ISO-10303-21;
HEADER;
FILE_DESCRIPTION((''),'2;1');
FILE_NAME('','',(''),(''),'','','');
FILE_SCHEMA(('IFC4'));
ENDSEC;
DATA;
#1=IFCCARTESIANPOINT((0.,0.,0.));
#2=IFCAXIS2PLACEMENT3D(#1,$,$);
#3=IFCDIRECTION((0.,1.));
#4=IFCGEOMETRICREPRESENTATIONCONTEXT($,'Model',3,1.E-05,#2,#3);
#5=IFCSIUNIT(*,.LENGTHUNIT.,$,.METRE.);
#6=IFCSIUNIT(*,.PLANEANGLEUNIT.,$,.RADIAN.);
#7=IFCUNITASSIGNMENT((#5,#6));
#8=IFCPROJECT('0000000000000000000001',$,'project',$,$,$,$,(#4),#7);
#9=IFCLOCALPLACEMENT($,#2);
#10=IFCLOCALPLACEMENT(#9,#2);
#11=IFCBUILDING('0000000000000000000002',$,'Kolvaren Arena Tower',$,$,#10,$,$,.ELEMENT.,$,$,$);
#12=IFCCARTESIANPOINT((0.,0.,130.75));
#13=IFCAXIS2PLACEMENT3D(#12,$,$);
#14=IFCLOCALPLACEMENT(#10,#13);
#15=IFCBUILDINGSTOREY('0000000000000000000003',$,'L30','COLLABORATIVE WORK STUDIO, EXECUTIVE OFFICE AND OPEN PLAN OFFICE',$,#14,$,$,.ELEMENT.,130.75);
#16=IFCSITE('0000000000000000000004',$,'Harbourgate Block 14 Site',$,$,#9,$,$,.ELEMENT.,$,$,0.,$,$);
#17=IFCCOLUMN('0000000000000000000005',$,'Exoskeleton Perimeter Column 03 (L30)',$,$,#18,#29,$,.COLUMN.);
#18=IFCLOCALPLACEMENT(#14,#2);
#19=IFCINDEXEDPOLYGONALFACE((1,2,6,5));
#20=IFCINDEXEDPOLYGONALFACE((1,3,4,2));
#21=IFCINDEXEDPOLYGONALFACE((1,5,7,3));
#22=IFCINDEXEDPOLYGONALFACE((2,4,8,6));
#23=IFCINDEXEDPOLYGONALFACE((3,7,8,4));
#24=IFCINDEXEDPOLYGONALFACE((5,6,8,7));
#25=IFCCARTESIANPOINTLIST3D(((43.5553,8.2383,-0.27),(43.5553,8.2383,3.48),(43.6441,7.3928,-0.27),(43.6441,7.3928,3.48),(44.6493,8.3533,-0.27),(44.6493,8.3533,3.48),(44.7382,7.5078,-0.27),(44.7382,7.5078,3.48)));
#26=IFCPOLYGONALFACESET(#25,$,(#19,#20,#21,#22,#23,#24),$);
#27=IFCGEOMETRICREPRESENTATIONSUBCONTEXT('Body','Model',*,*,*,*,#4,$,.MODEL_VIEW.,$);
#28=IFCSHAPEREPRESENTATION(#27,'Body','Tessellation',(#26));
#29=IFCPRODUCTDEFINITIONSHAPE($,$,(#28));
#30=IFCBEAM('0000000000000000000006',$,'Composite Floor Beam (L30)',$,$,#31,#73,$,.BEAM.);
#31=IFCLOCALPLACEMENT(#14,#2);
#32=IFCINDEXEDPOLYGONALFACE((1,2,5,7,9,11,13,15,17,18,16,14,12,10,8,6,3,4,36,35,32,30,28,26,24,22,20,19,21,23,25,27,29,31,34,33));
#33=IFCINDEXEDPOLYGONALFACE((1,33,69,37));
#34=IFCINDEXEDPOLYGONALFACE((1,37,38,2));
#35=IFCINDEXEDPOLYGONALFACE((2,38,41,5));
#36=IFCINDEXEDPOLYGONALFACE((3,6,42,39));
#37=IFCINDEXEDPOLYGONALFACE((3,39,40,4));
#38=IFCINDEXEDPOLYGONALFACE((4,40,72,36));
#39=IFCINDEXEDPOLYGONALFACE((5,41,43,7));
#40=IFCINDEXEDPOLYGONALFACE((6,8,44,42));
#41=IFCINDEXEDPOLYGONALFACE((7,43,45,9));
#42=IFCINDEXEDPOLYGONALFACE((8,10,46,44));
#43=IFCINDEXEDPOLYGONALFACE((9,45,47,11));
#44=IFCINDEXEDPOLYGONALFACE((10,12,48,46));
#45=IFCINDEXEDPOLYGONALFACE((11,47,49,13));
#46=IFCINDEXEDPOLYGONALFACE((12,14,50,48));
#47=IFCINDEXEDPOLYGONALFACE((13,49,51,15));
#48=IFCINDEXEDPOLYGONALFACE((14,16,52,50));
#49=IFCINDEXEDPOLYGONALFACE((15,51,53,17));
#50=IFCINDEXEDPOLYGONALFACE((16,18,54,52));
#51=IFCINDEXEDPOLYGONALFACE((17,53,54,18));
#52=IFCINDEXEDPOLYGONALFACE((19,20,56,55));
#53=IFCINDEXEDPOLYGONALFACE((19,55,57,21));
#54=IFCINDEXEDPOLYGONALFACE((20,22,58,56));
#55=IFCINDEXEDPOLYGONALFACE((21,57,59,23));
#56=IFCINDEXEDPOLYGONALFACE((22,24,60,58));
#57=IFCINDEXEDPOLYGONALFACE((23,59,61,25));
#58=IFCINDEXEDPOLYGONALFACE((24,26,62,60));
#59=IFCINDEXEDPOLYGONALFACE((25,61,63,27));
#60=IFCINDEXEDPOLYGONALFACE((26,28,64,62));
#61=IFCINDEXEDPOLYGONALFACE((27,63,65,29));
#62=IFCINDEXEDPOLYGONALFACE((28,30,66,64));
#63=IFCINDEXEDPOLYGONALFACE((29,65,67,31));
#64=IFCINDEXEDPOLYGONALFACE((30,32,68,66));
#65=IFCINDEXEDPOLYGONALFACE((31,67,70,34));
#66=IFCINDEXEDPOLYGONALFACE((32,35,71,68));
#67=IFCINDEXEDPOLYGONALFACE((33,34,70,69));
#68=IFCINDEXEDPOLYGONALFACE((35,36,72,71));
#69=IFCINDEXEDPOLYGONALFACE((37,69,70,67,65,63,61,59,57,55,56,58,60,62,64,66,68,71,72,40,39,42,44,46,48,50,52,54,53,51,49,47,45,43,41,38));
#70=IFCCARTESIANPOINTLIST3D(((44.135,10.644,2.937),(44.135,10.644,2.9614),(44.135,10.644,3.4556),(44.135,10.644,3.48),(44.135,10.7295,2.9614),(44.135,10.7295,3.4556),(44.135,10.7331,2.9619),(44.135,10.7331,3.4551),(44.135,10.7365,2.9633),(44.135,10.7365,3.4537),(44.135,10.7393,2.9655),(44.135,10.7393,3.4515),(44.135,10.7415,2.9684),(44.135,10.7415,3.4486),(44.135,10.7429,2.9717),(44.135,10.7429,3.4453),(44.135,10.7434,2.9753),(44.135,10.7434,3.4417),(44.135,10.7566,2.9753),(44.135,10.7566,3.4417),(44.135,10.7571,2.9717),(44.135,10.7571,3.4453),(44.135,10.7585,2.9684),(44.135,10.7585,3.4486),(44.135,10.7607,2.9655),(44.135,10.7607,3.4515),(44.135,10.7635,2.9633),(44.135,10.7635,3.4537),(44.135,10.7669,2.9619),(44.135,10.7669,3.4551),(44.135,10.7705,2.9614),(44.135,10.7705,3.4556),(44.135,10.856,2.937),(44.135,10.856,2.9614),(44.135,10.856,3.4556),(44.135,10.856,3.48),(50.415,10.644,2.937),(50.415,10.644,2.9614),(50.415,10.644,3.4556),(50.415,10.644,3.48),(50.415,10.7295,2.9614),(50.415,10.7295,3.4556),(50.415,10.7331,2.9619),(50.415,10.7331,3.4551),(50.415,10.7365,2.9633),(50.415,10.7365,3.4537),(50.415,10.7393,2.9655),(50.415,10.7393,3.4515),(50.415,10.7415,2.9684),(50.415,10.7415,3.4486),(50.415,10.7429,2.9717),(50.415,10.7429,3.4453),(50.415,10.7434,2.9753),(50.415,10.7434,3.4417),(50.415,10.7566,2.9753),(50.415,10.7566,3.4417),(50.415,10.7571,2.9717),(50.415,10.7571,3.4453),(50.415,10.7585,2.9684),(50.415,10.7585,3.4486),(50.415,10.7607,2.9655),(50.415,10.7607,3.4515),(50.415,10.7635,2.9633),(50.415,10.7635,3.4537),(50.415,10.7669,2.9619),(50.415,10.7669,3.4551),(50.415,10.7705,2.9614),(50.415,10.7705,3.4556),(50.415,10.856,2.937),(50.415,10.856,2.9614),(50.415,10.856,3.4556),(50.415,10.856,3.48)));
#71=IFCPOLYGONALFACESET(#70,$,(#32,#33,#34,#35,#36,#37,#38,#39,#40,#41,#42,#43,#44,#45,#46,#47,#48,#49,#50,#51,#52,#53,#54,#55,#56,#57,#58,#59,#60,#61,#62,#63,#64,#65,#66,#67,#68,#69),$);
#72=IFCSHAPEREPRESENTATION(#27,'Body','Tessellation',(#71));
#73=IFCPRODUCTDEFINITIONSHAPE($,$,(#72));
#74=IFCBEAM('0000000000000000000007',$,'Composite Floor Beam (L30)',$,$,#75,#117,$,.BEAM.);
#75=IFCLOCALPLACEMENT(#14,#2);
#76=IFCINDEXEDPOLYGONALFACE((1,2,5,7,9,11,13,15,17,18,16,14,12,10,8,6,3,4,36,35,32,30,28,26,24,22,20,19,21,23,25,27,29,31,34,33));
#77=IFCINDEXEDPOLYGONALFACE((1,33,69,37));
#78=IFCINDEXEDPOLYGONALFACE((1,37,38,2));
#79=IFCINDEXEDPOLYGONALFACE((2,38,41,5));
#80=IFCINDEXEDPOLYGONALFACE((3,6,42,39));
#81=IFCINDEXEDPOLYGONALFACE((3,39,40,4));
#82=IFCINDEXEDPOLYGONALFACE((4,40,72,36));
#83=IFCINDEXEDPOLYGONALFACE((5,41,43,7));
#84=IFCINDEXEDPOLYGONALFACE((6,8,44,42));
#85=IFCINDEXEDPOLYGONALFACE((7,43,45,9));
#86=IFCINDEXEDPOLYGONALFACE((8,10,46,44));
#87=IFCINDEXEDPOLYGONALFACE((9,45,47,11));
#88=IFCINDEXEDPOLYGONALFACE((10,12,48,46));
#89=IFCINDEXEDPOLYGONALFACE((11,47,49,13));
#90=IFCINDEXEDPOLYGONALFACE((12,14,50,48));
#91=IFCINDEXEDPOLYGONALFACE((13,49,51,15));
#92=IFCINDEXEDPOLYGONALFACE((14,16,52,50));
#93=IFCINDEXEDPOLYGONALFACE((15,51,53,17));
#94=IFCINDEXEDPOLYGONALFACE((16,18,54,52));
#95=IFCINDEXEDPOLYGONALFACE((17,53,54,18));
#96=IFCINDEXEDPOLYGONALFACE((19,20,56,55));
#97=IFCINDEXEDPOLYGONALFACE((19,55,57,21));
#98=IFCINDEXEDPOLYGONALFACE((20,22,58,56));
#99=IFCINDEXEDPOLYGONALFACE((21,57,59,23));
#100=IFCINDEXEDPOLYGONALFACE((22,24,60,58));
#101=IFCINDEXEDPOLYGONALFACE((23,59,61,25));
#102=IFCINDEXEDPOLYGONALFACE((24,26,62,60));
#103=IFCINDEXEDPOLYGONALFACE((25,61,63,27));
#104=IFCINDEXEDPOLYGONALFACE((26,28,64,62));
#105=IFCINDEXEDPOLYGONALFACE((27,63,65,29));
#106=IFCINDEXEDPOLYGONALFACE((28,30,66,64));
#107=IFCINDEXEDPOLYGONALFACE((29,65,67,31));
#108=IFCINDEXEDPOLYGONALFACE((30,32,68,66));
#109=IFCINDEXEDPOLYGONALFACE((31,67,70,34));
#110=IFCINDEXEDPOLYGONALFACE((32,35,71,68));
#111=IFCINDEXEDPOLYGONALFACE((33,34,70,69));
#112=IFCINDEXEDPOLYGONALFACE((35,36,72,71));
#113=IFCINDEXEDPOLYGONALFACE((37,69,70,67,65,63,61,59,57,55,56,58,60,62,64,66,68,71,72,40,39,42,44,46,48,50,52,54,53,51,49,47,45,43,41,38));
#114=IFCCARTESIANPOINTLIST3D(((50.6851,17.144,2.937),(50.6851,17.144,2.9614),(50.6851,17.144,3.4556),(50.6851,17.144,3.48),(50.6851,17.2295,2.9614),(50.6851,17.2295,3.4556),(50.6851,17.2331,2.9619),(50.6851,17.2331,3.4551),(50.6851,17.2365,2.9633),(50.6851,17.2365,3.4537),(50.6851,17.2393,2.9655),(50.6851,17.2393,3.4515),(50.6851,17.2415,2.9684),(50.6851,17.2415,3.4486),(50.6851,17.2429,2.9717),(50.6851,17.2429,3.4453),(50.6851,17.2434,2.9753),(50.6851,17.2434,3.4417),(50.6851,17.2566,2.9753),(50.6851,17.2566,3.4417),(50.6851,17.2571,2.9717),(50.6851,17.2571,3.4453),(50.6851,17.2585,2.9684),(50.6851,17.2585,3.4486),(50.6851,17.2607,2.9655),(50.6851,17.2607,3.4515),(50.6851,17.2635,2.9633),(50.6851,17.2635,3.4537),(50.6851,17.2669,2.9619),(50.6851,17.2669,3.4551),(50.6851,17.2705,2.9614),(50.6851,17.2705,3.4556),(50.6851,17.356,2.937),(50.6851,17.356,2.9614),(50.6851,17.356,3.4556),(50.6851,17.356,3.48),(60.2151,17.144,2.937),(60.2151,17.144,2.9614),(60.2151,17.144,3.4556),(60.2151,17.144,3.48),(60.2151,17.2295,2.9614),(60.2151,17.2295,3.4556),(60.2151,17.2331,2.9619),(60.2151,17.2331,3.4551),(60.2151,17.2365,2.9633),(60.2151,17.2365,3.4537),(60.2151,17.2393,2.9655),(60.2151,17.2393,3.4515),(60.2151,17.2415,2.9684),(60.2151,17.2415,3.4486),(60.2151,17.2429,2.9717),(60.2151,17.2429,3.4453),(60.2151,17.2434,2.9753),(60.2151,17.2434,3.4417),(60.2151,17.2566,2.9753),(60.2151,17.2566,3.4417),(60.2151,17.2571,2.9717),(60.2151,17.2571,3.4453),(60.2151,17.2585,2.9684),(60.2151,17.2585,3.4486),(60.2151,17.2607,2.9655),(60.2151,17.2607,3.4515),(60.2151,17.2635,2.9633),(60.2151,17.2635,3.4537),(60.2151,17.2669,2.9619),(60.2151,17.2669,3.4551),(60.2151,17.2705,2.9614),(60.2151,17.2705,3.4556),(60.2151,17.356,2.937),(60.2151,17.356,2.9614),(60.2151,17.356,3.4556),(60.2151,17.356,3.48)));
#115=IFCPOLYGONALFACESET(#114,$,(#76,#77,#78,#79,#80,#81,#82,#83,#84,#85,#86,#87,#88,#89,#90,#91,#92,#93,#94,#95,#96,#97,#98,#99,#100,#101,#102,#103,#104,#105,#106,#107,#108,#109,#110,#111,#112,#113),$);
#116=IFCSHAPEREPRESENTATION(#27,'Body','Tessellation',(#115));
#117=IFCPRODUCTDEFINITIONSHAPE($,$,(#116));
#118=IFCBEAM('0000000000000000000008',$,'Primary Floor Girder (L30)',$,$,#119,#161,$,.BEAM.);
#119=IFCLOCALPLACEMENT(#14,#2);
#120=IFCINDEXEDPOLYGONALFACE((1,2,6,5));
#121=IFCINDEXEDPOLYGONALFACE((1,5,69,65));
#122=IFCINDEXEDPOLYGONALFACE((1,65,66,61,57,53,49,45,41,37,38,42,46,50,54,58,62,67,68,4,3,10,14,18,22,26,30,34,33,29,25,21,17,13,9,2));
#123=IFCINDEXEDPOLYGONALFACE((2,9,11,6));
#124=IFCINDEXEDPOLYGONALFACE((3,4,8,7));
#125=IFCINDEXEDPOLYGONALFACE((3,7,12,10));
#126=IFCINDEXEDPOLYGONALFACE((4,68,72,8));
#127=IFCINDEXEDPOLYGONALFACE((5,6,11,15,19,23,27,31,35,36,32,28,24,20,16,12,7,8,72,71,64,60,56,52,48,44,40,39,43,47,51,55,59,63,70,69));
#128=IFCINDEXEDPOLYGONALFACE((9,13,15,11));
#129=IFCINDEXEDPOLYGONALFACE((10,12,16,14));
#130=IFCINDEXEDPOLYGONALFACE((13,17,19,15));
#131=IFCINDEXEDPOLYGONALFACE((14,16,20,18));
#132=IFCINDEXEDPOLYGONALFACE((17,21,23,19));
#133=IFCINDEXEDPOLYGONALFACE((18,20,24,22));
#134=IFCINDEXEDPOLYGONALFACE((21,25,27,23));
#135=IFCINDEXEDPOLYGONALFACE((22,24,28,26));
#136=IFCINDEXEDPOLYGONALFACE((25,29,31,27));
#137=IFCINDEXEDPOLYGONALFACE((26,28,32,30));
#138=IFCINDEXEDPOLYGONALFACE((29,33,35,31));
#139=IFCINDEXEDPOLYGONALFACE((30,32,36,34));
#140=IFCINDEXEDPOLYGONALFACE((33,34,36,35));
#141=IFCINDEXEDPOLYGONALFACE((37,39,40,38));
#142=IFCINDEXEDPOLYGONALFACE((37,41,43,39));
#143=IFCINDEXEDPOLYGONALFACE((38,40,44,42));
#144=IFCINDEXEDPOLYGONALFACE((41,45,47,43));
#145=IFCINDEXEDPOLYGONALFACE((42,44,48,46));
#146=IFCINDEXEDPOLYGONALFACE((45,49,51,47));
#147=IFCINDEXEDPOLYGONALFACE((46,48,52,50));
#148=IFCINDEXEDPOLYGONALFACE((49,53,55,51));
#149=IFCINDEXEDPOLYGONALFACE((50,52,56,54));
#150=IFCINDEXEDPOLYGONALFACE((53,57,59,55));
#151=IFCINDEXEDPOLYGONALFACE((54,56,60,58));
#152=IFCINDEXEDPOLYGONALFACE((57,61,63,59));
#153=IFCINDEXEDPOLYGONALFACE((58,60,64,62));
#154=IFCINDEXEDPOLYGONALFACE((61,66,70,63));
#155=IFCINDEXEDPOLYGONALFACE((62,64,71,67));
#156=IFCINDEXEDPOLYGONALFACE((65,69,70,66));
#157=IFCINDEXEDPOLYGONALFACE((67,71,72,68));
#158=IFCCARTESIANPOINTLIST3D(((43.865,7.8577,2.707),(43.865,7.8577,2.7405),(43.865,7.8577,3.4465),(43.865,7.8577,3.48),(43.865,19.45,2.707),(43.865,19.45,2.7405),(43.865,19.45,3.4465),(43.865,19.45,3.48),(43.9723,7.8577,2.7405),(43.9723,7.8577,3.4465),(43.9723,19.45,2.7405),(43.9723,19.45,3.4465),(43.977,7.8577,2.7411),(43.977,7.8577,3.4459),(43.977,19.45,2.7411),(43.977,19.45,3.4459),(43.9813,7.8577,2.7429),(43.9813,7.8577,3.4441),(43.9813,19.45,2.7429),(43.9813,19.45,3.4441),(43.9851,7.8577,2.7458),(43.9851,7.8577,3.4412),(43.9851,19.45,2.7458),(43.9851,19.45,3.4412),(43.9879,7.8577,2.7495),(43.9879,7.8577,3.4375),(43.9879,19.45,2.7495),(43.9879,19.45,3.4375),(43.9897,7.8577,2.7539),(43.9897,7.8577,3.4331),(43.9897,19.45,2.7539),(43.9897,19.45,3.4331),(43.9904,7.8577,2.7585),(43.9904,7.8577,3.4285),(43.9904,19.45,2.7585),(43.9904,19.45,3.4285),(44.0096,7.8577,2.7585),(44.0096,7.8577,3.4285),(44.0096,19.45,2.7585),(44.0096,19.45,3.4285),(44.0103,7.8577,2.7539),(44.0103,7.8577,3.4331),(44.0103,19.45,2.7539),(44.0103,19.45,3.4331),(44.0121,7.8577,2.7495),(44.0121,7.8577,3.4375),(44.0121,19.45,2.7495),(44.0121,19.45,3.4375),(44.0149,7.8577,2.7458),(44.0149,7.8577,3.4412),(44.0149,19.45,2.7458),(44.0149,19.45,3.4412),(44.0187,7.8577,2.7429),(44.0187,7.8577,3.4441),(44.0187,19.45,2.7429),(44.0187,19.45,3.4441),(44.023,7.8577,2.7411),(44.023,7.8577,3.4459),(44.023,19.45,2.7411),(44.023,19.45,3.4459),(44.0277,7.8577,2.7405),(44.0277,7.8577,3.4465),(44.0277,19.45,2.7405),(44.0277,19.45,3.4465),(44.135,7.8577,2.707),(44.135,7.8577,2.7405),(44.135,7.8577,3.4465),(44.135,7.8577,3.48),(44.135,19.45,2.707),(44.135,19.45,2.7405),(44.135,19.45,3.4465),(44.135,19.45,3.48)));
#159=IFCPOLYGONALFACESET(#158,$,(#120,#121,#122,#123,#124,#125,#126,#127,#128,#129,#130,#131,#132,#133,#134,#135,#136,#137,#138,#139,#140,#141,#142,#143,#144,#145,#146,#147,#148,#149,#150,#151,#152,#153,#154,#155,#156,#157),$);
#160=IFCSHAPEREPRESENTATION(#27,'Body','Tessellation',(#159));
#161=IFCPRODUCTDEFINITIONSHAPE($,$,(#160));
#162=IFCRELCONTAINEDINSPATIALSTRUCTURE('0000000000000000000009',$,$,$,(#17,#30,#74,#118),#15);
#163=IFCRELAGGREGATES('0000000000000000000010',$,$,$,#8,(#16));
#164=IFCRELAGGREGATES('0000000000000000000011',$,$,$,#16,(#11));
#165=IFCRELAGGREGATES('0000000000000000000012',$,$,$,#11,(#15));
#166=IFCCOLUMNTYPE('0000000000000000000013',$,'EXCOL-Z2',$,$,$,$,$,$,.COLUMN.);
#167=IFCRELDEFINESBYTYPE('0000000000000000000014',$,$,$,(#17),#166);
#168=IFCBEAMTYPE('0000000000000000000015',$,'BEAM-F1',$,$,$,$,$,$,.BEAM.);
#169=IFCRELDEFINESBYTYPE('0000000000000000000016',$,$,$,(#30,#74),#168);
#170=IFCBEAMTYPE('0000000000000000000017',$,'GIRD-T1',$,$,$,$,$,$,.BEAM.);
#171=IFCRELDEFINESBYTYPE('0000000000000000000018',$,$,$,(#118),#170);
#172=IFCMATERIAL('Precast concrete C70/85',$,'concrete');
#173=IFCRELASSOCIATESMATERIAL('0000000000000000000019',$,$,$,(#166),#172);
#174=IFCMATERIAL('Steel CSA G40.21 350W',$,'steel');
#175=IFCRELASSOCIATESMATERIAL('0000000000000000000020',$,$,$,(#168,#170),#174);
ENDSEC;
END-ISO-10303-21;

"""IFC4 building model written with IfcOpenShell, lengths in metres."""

from ifc_helpers import new_model, si_unit, direction, frame, origin, origin_2d, place, context, subcontext, project, spatial, rectangle, i_section, extrude, material, material_profile, profile_set, type_object, element, save


model = new_model("IFC4")

# Units and contexts
model_context = context("Model", 3, precision=1e-05, world=origin(), true_north=direction((0.0, 1.0)))
body_context = subcontext(model_context, "Body", "Model", "MODEL_VIEW")
ifc_project = project(units=[si_unit("LENGTHUNIT", "METRE"), si_unit("PLANEANGLEUNIT", "RADIAN")], contexts=[model_context])

# Site, building, storey
site_placement = place(None, origin())
site = spatial("IfcSite", under=ifc_project, at=site_placement, Name="Harbourgate Block 14 Site", CompositionType="ELEMENT", RefElevation=0.0)
building_placement = place(site_placement, origin())
building = spatial("IfcBuilding", under=site, at=building_placement, Name="Kolvaren Arena Tower", CompositionType="ELEMENT")
storey_placement = place(building_placement, frame((0.0, 0.0, 130.75)))
storey = spatial("IfcBuildingStorey", under=building, at=storey_placement, Name="L30", Description="COLLABORATIVE WORK STUDIO, EXECUTIVE OFFICE AND OPEN PLAN OFFICE", CompositionType="ELEMENT", Elevation=130.75)

# Column
ifc_material_1 = material(Name="Precast concrete C70/85", Category="concrete")
ifc_material_profile_1 = material_profile(ifc_material_1, rectangle(XDim=1.1001, YDim=0.8501, at=origin_2d()), Name="RC-1100x850")
ifc_profile_set_1 = profile_set([ifc_material_profile_1], Name="Precast concrete C70/85")
column_type = type_object("IfcColumnType", Name="EXCOL-Z2", PredefinedType="COLUMN", material=ifc_profile_set_1)
column_placement = place(storey_placement, frame((44.1467, 7.873, -0.27), z_axis=(0.0, 0.0, 1.0), x_axis=(0.994522, 0.104528, 0.0)))
element("IfcColumn", 1, at=column_placement, inside=storey, type_object=column_type, Name="Exoskeleton Perimeter Column 03 (L30)", PredefinedType="COLUMN", context=body_context, shape_type="SweptSolid", body=[
    extrude(rectangle(XDim=1.1001, YDim=0.8501, at=origin_2d()), origin(), (0.0, 0.0, 1.0), 3.75),
])

# Beams
ifc_material_2 = material(Name="Steel CSA G40.21 350W", Category="steel")
ifc_material_profile_2 = material_profile(ifc_material_2, i_section(OverallWidth=0.2119, OverallDepth=0.543, WebThickness=0.0132, FlangeThickness=0.0244, FilletRadius=0.0139, at=origin_2d()), Name="W530x150")
ifc_profile_set_2 = profile_set([ifc_material_profile_2], Name="Steel CSA G40.21 350W")
beam_type_1 = type_object("IfcBeamType", Name="BEAM-F1", PredefinedType="BEAM", material=ifc_profile_set_2)
beam_1_placement = place(storey_placement, frame((44.135, 10.75, 3.2085), z_axis=(1.0, 0.0, 0.0), x_axis=(0.0, 1.0, 0.0)))
element("IfcBeam", 2, at=beam_1_placement, inside=storey, type_object=beam_type_1, Name="Composite Floor Beam (L30)", PredefinedType="BEAM", context=body_context, shape_type="SweptSolid", body=[
    extrude(i_section(OverallWidth=0.2119, OverallDepth=0.543, WebThickness=0.0132, FlangeThickness=0.0244, FilletRadius=0.0139, at=origin_2d()), origin(), (0.0, 0.0, 1.0), 6.28),
])
beam_2_placement = place(storey_placement, frame((50.6851, 17.25, 3.2085), z_axis=(1.0, 0.0, 0.0), x_axis=(0.0, 1.0, 0.0)))
element("IfcBeam", 3, at=beam_2_placement, inside=storey, type_object=beam_type_1, Name="Composite Floor Beam (L30)", PredefinedType="BEAM", context=body_context, shape_type="SweptSolid", body=[
    extrude(i_section(OverallWidth=0.2119, OverallDepth=0.543, WebThickness=0.0132, FlangeThickness=0.0244, FilletRadius=0.0139, at=origin_2d()), origin(), (0.0, 0.0, 1.0), 9.53),
])
ifc_material_profile_3 = material_profile(ifc_material_2, i_section(OverallWidth=0.27, OverallDepth=0.7729, WebThickness=0.0193, FlangeThickness=0.0334, FilletRadius=0.0181, at=origin_2d()), Name="W760x257")
ifc_profile_set_3 = profile_set([ifc_material_profile_3], Name="Steel CSA G40.21 350W")
beam_type_2 = type_object("IfcBeamType", Name="GIRD-T1", PredefinedType="BEAM", material=ifc_profile_set_3)
beam_3_placement = place(storey_placement, frame((44.0, 7.8577, 3.0935), z_axis=(0.0, 1.0, 0.0), x_axis=(-1.0, 0.0, 0.0)))
element("IfcBeam", 4, at=beam_3_placement, inside=storey, type_object=beam_type_2, Name="Primary Floor Girder (L30)", PredefinedType="BEAM", context=body_context, shape_type="SweptSolid", body=[
    extrude(i_section(OverallWidth=0.27, OverallDepth=0.7729, WebThickness=0.0193, FlangeThickness=0.0334, FilletRadius=0.0181, at=origin_2d()), origin(), (0.0, 0.0, 1.0), 11.5923),
])

save(model, "model.ifc")
